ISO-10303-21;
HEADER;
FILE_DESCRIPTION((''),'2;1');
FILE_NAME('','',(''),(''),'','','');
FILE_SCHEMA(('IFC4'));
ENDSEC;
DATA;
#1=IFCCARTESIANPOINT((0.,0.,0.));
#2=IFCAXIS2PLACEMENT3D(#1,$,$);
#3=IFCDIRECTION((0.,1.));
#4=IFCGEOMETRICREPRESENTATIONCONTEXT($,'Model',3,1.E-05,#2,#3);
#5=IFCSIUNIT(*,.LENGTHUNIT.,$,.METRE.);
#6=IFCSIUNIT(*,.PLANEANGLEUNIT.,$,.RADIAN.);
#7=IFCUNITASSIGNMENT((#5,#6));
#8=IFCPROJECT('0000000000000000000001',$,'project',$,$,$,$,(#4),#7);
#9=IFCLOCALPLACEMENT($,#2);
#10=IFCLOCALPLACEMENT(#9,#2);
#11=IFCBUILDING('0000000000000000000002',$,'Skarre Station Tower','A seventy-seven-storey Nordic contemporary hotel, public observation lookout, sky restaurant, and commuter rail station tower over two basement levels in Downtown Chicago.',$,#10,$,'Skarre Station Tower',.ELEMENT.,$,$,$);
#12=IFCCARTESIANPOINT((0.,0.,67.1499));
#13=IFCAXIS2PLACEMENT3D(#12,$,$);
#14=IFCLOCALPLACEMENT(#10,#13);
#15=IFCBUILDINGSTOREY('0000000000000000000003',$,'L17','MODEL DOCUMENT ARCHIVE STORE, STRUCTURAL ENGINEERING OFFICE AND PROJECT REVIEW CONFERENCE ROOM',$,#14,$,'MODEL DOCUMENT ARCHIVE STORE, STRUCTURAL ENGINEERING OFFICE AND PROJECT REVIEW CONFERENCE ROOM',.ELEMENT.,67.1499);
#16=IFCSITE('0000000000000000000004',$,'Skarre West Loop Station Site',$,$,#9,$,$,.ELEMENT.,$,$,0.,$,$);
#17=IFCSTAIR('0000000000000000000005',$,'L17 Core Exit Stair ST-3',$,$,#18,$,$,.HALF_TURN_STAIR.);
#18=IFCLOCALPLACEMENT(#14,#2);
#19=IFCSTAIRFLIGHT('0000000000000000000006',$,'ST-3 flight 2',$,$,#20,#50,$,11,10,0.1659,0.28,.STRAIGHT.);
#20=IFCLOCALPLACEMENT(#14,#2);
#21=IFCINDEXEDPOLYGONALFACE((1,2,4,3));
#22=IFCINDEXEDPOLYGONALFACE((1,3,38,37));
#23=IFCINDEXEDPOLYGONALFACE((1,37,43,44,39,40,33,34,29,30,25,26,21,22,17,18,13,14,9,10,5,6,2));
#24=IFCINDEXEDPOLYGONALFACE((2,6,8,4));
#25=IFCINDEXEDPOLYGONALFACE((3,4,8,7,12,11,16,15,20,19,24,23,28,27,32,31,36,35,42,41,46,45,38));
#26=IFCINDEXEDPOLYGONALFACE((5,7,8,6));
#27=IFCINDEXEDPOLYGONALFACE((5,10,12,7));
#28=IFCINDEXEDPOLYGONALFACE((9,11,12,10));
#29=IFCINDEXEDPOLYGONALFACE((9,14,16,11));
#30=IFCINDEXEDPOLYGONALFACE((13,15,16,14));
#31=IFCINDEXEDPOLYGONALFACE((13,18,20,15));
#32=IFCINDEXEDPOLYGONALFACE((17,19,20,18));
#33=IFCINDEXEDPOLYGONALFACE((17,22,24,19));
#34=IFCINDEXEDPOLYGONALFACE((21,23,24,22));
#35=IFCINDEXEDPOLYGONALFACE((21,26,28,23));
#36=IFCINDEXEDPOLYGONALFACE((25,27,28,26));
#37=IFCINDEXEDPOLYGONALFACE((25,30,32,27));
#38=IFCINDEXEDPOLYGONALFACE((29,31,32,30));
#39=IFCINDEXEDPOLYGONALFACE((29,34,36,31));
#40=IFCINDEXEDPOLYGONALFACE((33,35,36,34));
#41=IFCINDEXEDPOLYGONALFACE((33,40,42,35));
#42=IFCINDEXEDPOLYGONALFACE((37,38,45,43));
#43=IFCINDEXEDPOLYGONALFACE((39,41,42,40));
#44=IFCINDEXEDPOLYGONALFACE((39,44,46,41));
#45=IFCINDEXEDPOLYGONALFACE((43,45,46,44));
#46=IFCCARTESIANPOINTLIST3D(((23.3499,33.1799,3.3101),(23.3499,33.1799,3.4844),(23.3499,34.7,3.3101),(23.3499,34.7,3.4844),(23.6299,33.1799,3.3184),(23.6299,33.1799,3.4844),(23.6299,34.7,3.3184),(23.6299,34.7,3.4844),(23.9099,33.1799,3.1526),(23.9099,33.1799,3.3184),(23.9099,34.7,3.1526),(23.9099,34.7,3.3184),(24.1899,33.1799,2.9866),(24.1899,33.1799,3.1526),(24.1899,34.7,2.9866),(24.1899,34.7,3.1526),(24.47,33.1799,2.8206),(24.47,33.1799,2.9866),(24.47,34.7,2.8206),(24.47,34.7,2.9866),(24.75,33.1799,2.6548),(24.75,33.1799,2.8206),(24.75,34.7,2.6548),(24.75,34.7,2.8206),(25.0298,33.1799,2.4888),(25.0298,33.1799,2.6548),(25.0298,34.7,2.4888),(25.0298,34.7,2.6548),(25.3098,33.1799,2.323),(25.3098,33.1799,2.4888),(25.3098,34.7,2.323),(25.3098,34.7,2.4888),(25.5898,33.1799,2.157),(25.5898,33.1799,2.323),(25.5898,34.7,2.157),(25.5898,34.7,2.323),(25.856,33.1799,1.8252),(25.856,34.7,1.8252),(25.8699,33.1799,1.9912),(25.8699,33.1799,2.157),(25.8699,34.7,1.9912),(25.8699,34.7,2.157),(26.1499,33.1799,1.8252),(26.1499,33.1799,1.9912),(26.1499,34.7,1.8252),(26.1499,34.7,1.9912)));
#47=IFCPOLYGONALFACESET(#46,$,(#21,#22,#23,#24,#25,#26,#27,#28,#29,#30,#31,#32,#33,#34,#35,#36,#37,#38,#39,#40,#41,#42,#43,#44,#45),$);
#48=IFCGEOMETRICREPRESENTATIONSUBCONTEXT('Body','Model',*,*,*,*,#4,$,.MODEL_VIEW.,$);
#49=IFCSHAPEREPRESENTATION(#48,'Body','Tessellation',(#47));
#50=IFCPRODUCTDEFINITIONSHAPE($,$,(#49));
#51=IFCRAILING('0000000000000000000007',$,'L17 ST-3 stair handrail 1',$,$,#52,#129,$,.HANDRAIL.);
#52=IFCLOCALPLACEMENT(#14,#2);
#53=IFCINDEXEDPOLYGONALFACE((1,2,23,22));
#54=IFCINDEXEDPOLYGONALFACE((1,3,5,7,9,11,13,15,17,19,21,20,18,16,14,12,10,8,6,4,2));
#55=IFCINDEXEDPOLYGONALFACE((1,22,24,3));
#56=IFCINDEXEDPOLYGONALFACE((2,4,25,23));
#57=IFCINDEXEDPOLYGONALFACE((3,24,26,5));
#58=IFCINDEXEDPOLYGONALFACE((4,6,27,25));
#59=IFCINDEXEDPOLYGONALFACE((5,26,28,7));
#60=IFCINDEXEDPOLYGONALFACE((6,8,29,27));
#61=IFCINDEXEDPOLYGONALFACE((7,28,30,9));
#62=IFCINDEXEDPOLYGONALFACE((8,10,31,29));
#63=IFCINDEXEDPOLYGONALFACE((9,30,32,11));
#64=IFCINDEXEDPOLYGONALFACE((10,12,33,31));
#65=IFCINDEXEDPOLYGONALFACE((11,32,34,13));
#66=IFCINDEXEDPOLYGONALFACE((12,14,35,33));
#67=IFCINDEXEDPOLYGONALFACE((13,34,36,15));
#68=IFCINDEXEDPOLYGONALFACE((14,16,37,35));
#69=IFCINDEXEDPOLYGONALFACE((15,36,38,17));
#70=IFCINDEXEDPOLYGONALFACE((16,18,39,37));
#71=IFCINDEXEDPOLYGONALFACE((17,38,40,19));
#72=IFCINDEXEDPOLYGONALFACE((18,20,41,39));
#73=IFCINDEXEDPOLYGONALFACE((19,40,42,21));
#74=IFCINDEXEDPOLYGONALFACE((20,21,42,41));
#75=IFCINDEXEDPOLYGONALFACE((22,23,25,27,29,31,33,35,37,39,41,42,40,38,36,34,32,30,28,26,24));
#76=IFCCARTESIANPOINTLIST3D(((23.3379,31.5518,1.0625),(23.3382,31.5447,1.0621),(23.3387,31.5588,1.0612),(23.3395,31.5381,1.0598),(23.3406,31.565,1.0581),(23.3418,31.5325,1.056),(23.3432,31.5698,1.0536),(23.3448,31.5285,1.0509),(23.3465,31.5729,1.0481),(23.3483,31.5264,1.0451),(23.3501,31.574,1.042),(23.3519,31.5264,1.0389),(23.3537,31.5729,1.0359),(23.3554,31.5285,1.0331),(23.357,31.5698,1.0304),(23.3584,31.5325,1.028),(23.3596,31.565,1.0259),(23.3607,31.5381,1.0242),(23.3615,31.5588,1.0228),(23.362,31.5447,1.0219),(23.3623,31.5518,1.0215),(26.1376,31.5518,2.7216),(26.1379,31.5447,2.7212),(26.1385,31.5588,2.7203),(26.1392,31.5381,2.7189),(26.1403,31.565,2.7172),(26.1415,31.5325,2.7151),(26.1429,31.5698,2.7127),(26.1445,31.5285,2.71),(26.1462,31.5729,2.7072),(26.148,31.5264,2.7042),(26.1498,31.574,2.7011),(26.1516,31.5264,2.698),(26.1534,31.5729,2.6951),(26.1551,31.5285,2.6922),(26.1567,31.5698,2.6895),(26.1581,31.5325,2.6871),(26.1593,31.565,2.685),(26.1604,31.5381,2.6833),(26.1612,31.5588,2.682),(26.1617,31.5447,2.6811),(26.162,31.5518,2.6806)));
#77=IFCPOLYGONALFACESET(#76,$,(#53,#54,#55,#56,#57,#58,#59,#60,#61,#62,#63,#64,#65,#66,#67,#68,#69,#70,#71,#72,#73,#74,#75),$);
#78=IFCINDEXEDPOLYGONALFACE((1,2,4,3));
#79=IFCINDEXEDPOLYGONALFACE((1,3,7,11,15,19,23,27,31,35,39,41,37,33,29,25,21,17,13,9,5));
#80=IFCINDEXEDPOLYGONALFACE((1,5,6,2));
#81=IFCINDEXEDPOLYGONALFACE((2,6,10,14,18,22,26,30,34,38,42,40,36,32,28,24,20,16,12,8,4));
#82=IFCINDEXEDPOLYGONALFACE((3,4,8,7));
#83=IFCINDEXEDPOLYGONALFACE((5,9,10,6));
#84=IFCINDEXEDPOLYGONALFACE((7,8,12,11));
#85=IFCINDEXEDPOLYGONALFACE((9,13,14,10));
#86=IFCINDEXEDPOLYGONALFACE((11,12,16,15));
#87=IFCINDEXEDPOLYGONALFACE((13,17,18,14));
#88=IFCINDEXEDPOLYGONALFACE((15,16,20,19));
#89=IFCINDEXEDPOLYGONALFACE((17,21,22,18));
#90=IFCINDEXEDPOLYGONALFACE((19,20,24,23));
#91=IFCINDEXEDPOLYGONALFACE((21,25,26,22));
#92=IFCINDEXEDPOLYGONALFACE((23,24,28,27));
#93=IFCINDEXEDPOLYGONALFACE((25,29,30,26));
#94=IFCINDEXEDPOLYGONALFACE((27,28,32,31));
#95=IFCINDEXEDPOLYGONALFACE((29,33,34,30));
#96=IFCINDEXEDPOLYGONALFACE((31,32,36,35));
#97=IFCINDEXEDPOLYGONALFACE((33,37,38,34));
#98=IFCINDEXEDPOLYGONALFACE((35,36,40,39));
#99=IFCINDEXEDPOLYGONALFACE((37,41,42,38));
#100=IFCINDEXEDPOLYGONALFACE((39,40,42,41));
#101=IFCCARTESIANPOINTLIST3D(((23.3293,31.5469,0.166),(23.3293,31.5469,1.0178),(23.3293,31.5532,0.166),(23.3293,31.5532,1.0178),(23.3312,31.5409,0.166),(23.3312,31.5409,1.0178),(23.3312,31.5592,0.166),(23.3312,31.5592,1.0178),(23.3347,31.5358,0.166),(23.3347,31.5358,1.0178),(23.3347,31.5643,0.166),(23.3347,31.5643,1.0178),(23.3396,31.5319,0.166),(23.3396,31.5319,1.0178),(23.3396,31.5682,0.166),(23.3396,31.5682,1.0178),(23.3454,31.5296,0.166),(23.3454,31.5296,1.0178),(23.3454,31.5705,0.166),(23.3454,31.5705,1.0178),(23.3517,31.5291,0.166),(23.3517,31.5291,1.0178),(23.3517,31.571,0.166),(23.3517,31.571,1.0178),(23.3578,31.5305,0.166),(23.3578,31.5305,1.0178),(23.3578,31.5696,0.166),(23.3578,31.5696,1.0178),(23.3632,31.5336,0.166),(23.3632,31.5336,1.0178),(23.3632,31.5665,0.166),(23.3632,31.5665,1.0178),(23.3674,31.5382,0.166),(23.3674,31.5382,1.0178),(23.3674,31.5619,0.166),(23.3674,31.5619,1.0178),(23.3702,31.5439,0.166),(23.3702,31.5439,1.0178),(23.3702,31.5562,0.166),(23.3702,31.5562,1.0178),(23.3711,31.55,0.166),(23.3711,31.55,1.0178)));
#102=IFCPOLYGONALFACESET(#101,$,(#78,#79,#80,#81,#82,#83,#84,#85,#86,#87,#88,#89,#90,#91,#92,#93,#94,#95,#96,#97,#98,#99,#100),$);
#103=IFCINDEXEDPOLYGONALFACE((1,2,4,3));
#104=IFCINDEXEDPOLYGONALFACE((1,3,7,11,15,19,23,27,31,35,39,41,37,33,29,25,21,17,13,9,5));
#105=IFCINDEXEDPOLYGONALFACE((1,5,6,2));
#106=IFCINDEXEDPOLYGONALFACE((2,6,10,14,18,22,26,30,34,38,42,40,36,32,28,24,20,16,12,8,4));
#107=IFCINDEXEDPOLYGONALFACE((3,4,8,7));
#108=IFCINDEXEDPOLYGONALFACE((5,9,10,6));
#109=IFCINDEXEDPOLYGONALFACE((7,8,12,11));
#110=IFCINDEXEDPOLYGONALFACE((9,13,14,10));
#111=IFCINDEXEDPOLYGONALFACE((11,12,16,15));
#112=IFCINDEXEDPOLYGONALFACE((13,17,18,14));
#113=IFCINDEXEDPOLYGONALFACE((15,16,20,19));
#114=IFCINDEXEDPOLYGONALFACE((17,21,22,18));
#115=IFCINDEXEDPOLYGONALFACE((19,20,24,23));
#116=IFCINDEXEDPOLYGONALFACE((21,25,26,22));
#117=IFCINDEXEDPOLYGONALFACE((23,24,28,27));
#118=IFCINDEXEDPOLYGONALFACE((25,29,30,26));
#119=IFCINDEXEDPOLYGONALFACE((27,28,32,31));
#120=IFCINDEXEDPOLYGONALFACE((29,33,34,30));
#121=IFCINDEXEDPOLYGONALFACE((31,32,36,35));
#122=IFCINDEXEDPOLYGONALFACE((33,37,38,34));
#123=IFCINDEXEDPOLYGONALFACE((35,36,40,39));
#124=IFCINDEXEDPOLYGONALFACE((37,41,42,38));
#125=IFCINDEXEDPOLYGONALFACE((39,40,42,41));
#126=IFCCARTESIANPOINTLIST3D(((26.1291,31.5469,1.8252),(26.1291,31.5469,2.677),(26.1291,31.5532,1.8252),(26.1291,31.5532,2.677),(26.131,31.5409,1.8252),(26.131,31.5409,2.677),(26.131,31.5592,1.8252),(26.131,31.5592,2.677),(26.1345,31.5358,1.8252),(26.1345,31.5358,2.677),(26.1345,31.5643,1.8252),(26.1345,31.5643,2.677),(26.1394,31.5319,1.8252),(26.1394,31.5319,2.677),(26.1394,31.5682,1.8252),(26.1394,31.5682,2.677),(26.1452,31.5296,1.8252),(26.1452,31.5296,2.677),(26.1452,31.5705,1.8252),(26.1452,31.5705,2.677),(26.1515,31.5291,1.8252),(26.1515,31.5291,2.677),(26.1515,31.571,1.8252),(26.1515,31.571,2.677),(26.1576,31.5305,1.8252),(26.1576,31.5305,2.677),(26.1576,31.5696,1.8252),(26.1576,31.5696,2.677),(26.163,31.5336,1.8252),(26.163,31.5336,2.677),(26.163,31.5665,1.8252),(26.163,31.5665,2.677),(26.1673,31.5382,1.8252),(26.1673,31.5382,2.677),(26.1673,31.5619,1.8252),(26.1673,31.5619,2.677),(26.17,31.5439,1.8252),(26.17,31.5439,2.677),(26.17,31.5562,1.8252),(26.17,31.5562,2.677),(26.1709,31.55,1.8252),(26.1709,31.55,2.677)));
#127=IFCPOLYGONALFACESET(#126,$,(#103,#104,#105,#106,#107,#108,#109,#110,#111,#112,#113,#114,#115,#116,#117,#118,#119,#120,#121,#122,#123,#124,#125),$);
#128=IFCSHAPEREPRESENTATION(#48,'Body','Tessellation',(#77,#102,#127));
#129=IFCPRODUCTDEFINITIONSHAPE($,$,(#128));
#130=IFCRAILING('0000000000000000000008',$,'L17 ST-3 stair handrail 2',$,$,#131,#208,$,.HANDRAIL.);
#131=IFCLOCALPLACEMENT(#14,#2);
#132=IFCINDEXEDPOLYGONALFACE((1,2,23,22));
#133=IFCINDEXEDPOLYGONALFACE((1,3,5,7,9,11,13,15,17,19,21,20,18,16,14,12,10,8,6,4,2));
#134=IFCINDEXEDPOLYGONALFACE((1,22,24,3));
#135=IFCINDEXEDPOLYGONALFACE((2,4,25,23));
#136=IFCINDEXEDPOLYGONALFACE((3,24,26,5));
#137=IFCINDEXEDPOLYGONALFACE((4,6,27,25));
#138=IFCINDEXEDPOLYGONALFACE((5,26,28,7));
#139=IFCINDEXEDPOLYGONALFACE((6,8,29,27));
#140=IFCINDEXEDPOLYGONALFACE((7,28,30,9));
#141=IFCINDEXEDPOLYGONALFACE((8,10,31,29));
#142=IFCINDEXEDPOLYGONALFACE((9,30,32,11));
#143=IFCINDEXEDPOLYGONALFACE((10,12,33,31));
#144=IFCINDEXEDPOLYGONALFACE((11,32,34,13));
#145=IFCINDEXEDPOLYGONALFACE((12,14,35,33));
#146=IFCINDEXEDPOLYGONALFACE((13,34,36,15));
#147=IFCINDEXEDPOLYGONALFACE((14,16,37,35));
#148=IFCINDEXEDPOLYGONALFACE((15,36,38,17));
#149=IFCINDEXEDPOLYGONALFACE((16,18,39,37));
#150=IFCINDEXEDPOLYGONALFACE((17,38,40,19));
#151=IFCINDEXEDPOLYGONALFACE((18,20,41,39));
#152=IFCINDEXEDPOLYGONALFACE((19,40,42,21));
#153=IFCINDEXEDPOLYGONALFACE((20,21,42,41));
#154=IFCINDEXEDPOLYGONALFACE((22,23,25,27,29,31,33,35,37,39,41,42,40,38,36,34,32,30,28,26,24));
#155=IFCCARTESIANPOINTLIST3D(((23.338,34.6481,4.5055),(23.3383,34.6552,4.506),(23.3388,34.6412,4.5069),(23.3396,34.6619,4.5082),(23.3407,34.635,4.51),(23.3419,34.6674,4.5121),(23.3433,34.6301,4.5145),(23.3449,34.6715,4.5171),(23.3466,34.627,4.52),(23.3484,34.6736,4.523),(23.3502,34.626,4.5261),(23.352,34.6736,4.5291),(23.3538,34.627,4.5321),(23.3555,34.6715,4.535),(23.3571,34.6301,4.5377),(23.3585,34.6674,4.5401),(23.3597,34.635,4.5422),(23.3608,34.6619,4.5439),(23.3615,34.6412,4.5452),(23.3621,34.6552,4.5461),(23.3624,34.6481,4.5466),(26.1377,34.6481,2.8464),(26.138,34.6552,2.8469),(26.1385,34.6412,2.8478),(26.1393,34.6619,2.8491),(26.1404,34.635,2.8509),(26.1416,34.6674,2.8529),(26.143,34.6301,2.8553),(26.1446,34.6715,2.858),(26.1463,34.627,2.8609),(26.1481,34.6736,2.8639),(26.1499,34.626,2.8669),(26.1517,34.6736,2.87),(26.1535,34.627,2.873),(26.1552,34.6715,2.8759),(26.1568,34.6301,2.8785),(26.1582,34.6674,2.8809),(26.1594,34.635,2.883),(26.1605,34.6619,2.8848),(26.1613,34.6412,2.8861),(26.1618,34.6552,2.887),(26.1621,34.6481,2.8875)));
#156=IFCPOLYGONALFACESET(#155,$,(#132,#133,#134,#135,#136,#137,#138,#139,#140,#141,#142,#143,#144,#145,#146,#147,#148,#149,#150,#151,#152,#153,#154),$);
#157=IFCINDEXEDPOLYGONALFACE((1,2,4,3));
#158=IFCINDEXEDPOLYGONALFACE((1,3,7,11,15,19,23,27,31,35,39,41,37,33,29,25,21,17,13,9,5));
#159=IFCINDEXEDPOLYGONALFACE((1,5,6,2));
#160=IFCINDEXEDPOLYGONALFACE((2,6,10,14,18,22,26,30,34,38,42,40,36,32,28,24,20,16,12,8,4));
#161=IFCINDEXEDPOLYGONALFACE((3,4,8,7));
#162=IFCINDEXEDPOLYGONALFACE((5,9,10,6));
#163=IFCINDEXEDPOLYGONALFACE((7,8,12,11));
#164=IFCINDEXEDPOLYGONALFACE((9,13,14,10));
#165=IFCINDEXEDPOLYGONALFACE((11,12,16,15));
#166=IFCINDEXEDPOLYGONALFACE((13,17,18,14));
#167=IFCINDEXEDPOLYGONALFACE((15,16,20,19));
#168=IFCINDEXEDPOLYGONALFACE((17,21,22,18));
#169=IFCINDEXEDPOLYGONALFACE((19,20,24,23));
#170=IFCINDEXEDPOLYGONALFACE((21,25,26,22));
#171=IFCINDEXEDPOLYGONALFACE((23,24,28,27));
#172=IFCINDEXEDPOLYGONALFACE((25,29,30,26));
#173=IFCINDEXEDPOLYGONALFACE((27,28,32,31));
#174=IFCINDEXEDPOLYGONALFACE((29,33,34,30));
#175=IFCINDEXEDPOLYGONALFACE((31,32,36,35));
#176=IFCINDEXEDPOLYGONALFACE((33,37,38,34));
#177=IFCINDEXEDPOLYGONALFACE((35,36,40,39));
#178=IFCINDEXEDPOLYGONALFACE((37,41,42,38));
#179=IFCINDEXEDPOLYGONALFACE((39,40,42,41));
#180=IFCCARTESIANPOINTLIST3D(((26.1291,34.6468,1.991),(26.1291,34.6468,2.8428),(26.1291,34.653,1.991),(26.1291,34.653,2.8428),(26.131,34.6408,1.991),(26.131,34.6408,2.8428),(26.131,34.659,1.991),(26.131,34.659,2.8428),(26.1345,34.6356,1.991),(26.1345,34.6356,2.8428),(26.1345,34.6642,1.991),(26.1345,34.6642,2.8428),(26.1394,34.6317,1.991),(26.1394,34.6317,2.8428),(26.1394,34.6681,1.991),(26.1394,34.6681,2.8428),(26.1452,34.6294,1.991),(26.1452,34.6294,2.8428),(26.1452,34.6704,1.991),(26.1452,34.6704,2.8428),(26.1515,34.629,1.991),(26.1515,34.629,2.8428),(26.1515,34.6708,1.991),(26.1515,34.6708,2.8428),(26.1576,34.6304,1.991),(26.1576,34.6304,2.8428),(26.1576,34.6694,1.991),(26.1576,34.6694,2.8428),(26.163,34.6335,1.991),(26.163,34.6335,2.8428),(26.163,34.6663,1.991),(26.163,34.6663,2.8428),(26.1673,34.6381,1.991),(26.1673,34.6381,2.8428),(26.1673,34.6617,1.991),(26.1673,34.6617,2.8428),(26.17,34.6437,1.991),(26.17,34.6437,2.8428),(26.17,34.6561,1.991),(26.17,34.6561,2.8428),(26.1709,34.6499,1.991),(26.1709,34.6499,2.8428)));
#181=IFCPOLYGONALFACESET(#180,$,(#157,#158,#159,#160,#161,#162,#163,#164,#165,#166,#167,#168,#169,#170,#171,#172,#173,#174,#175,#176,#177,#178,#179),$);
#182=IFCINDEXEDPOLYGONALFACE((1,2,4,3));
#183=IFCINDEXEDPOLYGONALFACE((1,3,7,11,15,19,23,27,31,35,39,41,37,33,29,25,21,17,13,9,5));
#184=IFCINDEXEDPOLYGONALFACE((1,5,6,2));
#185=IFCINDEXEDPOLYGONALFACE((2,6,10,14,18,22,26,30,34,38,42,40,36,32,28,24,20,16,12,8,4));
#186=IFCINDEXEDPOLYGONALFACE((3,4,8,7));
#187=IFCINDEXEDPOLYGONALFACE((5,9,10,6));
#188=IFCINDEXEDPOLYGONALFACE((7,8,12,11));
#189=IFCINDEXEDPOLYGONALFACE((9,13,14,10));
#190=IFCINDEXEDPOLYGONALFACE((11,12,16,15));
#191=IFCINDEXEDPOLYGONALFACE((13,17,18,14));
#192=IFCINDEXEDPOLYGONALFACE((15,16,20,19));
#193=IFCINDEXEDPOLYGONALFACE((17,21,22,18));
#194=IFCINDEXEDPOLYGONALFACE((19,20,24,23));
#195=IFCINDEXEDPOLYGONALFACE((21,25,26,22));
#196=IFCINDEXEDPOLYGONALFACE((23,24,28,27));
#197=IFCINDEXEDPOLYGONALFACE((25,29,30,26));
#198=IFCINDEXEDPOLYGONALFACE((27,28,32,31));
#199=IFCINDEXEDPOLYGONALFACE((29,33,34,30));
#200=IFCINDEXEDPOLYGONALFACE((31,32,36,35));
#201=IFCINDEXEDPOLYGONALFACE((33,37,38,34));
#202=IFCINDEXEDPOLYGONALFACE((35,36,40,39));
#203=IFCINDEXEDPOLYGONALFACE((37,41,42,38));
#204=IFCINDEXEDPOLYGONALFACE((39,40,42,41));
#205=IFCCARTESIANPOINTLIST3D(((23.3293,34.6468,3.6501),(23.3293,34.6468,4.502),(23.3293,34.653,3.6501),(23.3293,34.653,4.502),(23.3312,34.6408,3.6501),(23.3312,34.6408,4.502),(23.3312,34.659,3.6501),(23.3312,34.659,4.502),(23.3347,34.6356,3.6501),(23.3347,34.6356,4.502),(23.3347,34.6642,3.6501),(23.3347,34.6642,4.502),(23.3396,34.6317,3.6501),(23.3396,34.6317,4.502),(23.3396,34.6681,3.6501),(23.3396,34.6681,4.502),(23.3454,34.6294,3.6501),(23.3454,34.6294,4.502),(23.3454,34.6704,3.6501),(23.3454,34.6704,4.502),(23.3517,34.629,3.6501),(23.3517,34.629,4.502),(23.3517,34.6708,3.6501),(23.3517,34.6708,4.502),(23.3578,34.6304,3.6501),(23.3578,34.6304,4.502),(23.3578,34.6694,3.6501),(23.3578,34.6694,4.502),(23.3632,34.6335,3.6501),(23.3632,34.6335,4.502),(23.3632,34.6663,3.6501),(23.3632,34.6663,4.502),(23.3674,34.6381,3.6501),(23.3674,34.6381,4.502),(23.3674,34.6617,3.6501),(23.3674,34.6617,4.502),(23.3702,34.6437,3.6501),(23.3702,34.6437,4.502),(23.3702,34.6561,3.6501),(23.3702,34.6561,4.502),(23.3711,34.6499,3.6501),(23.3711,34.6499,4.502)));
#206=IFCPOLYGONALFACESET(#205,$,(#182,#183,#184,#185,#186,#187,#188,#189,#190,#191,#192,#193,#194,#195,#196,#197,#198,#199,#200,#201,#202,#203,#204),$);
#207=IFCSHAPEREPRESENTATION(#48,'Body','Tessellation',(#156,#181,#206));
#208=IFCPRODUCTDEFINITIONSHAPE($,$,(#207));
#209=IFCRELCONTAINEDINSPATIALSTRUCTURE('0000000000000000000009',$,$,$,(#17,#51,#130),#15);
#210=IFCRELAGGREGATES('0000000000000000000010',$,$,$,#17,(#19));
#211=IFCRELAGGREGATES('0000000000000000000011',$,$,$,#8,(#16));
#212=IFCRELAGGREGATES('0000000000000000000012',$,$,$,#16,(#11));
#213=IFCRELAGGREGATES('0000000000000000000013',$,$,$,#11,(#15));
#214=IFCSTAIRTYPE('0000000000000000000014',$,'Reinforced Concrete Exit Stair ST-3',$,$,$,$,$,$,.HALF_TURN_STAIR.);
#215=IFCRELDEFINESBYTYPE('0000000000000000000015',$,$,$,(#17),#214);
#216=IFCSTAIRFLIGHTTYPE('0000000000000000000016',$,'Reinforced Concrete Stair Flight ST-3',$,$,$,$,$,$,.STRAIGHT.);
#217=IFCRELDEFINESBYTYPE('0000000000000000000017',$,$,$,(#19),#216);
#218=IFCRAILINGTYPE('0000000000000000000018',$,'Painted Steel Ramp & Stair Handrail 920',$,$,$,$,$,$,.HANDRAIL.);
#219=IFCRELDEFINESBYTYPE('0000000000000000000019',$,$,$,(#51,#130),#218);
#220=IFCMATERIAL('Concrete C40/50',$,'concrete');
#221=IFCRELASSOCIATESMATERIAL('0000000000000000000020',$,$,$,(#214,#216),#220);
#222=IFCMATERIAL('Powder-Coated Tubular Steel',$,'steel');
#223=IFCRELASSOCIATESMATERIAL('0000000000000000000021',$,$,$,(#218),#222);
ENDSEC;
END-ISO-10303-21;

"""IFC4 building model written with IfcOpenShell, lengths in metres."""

from ifc_helpers import new_model, si_unit, direction, frame, origin, origin_2d, place, context, subcontext, project, spatial, polyline, circle, outline, extrude, material, type_object, element, aggregate, save


model = new_model("IFC4")

# Units and contexts
model_context = context("Model", 3, precision=1e-05, world=origin(), true_north=direction((0.0, 1.0)))
body_context = subcontext(model_context, "Body", "Model", "MODEL_VIEW")
ifc_project = project(units=[si_unit("LENGTHUNIT", "METRE"), si_unit("PLANEANGLEUNIT", "RADIAN")], contexts=[model_context])

# Site, building, storey
site_placement = place(None, origin())
site = spatial("IfcSite", under=ifc_project, at=site_placement, Name="Skarre West Loop Station Site", CompositionType="ELEMENT", RefElevation=0.0)
building_placement = place(site_placement, origin())
building = spatial("IfcBuilding", under=site, at=building_placement, Name="Skarre Station Tower", Description="A seventy-seven-storey Nordic contemporary hotel, public observation lookout, sky restaurant, and commuter rail station tower over two basement levels in Downtown Chicago.", LongName="Skarre Station Tower", CompositionType="ELEMENT")
storey_placement = place(building_placement, frame((0.0, 0.0, 67.1499)))
storey = spatial("IfcBuildingStorey", under=building, at=storey_placement, Name="L17", Description="MODEL DOCUMENT ARCHIVE STORE, STRUCTURAL ENGINEERING OFFICE AND PROJECT REVIEW CONFERENCE ROOM", LongName="MODEL DOCUMENT ARCHIVE STORE, STRUCTURAL ENGINEERING OFFICE AND PROJECT REVIEW CONFERENCE ROOM", CompositionType="ELEMENT", Elevation=67.1499)

# Stair, stair flight
ifc_material_1 = material(Name="Concrete C40/50", Category="concrete")
stair_type = type_object("IfcStairType", Name="Reinforced Concrete Exit Stair ST-3", PredefinedType="HALF_TURN_STAIR", material=ifc_material_1)
stair_placement = place(storey_placement, origin())
stair = element("IfcStair", 1, at=stair_placement, inside=storey, type_object=stair_type, Name="L17 Core Exit Stair ST-3", PredefinedType="HALF_TURN_STAIR")
stair_flight_type = type_object("IfcStairFlightType", Name="Reinforced Concrete Stair Flight ST-3", PredefinedType="STRAIGHT", material=ifc_material_1)
stair_flight_1_placement = place(storey_placement, frame((26.1499, 33.9399, 1.8252), z_axis=(0.0, 0.0, 1.0), x_axis=(-1.0, 0.0, 0.0)))
stair_flight_1 = element("IfcStairFlight", 2, at=stair_flight_1_placement, type_object=stair_flight_type, Name="ST-3 flight 2", NumberOfRisers=11, NumberOfTreads=10, PredefinedType="STRAIGHT", RiserHeight=0.1659, TreadLength=0.28, context=body_context, shape_type="SweptSolid", body=[
    extrude(outline(polyline([(0.0, 0.0), (0.0, 0.166), (0.28, 0.166), (0.28, 0.3318), (0.5601, 0.3318), (0.5601, 0.4978), (0.8401, 0.4978), (0.8401, 0.6636), (1.1201, 0.6636), (1.1201, 0.8296), (1.3999, 0.8296), (1.3999, 0.9954), (1.6799, 0.9954), (1.6799, 1.1614), (1.96, 1.1614), (1.96, 1.3274), (2.24, 1.3274), (2.24, 1.4932), (2.52, 1.4932), (2.52, 1.6592), (2.8, 1.6592), (2.8, 1.825), (2.8, 1.4849), (0.2939, 0.0), (0.0, 0.0)])), frame((0.0, 0.76, 0.0), z_axis=(0.0, -1.0, 0.0), x_axis=(1.0, 0.0, 0.0)), (0.0, 0.0, 1.0), 1.52),
])
aggregate(stair, [stair_flight_1])

# Railings
ifc_material_2 = material(Name="Powder-Coated Tubular Steel", Category="steel")
railing_type_1 = type_object("IfcRailingType", Name="Painted Steel Ramp & Stair Handrail 920", PredefinedType="HANDRAIL", material=ifc_material_2)
railing_1_placement = place(storey_placement, frame((23.3501, 31.55, 0.166)))
element("IfcRailing", 3, at=railing_1_placement, inside=storey, type_object=railing_type_1, Name="L17 ST-3 stair handrail 1", PredefinedType="HANDRAIL", context=body_context, shape_type="SweptSolid", body=[
    extrude(circle(Radius=0.0239, at=origin_2d()), frame((0.0, 0.0, 0.876), z_axis=(0.860287, 0.0, 0.509811), x_axis=(0.0, 1.0, 0.0)), (0.0, 0.0, 1.0), 3.2544),
    extrude(circle(Radius=0.021, at=origin_2d()), origin(), (0.0, 0.0, 1.0), 0.8518),
    extrude(circle(Radius=0.021, at=origin_2d()), frame((2.7998, 0.0, 1.6592)), (0.0, 0.0, 1.0), 0.8518),
])
railing_2_placement = place(storey_placement, frame((26.1499, 34.6499, 1.991)))
element("IfcRailing", 4, at=railing_2_placement, inside=storey, type_object=railing_type_1, Name="L17 ST-3 stair handrail 2", PredefinedType="HANDRAIL", context=body_context, shape_type="SweptSolid", body=[
    extrude(circle(Radius=0.0239, at=origin_2d()), frame((0.0, 0.0, 0.876), z_axis=(-0.860287, 0.0, 0.509811), x_axis=(0.0, -1.0, 0.0)), (0.0, 0.0, 1.0), 3.2544),
    extrude(circle(Radius=0.021, at=origin_2d()), origin(), (0.0, 0.0, 1.0), 0.8518),
    extrude(circle(Radius=0.021, at=origin_2d()), frame((-2.7998, 0.0, 1.6592)), (0.0, 0.0, 1.0), 0.8518),
])

save(model, "model.ifc")
